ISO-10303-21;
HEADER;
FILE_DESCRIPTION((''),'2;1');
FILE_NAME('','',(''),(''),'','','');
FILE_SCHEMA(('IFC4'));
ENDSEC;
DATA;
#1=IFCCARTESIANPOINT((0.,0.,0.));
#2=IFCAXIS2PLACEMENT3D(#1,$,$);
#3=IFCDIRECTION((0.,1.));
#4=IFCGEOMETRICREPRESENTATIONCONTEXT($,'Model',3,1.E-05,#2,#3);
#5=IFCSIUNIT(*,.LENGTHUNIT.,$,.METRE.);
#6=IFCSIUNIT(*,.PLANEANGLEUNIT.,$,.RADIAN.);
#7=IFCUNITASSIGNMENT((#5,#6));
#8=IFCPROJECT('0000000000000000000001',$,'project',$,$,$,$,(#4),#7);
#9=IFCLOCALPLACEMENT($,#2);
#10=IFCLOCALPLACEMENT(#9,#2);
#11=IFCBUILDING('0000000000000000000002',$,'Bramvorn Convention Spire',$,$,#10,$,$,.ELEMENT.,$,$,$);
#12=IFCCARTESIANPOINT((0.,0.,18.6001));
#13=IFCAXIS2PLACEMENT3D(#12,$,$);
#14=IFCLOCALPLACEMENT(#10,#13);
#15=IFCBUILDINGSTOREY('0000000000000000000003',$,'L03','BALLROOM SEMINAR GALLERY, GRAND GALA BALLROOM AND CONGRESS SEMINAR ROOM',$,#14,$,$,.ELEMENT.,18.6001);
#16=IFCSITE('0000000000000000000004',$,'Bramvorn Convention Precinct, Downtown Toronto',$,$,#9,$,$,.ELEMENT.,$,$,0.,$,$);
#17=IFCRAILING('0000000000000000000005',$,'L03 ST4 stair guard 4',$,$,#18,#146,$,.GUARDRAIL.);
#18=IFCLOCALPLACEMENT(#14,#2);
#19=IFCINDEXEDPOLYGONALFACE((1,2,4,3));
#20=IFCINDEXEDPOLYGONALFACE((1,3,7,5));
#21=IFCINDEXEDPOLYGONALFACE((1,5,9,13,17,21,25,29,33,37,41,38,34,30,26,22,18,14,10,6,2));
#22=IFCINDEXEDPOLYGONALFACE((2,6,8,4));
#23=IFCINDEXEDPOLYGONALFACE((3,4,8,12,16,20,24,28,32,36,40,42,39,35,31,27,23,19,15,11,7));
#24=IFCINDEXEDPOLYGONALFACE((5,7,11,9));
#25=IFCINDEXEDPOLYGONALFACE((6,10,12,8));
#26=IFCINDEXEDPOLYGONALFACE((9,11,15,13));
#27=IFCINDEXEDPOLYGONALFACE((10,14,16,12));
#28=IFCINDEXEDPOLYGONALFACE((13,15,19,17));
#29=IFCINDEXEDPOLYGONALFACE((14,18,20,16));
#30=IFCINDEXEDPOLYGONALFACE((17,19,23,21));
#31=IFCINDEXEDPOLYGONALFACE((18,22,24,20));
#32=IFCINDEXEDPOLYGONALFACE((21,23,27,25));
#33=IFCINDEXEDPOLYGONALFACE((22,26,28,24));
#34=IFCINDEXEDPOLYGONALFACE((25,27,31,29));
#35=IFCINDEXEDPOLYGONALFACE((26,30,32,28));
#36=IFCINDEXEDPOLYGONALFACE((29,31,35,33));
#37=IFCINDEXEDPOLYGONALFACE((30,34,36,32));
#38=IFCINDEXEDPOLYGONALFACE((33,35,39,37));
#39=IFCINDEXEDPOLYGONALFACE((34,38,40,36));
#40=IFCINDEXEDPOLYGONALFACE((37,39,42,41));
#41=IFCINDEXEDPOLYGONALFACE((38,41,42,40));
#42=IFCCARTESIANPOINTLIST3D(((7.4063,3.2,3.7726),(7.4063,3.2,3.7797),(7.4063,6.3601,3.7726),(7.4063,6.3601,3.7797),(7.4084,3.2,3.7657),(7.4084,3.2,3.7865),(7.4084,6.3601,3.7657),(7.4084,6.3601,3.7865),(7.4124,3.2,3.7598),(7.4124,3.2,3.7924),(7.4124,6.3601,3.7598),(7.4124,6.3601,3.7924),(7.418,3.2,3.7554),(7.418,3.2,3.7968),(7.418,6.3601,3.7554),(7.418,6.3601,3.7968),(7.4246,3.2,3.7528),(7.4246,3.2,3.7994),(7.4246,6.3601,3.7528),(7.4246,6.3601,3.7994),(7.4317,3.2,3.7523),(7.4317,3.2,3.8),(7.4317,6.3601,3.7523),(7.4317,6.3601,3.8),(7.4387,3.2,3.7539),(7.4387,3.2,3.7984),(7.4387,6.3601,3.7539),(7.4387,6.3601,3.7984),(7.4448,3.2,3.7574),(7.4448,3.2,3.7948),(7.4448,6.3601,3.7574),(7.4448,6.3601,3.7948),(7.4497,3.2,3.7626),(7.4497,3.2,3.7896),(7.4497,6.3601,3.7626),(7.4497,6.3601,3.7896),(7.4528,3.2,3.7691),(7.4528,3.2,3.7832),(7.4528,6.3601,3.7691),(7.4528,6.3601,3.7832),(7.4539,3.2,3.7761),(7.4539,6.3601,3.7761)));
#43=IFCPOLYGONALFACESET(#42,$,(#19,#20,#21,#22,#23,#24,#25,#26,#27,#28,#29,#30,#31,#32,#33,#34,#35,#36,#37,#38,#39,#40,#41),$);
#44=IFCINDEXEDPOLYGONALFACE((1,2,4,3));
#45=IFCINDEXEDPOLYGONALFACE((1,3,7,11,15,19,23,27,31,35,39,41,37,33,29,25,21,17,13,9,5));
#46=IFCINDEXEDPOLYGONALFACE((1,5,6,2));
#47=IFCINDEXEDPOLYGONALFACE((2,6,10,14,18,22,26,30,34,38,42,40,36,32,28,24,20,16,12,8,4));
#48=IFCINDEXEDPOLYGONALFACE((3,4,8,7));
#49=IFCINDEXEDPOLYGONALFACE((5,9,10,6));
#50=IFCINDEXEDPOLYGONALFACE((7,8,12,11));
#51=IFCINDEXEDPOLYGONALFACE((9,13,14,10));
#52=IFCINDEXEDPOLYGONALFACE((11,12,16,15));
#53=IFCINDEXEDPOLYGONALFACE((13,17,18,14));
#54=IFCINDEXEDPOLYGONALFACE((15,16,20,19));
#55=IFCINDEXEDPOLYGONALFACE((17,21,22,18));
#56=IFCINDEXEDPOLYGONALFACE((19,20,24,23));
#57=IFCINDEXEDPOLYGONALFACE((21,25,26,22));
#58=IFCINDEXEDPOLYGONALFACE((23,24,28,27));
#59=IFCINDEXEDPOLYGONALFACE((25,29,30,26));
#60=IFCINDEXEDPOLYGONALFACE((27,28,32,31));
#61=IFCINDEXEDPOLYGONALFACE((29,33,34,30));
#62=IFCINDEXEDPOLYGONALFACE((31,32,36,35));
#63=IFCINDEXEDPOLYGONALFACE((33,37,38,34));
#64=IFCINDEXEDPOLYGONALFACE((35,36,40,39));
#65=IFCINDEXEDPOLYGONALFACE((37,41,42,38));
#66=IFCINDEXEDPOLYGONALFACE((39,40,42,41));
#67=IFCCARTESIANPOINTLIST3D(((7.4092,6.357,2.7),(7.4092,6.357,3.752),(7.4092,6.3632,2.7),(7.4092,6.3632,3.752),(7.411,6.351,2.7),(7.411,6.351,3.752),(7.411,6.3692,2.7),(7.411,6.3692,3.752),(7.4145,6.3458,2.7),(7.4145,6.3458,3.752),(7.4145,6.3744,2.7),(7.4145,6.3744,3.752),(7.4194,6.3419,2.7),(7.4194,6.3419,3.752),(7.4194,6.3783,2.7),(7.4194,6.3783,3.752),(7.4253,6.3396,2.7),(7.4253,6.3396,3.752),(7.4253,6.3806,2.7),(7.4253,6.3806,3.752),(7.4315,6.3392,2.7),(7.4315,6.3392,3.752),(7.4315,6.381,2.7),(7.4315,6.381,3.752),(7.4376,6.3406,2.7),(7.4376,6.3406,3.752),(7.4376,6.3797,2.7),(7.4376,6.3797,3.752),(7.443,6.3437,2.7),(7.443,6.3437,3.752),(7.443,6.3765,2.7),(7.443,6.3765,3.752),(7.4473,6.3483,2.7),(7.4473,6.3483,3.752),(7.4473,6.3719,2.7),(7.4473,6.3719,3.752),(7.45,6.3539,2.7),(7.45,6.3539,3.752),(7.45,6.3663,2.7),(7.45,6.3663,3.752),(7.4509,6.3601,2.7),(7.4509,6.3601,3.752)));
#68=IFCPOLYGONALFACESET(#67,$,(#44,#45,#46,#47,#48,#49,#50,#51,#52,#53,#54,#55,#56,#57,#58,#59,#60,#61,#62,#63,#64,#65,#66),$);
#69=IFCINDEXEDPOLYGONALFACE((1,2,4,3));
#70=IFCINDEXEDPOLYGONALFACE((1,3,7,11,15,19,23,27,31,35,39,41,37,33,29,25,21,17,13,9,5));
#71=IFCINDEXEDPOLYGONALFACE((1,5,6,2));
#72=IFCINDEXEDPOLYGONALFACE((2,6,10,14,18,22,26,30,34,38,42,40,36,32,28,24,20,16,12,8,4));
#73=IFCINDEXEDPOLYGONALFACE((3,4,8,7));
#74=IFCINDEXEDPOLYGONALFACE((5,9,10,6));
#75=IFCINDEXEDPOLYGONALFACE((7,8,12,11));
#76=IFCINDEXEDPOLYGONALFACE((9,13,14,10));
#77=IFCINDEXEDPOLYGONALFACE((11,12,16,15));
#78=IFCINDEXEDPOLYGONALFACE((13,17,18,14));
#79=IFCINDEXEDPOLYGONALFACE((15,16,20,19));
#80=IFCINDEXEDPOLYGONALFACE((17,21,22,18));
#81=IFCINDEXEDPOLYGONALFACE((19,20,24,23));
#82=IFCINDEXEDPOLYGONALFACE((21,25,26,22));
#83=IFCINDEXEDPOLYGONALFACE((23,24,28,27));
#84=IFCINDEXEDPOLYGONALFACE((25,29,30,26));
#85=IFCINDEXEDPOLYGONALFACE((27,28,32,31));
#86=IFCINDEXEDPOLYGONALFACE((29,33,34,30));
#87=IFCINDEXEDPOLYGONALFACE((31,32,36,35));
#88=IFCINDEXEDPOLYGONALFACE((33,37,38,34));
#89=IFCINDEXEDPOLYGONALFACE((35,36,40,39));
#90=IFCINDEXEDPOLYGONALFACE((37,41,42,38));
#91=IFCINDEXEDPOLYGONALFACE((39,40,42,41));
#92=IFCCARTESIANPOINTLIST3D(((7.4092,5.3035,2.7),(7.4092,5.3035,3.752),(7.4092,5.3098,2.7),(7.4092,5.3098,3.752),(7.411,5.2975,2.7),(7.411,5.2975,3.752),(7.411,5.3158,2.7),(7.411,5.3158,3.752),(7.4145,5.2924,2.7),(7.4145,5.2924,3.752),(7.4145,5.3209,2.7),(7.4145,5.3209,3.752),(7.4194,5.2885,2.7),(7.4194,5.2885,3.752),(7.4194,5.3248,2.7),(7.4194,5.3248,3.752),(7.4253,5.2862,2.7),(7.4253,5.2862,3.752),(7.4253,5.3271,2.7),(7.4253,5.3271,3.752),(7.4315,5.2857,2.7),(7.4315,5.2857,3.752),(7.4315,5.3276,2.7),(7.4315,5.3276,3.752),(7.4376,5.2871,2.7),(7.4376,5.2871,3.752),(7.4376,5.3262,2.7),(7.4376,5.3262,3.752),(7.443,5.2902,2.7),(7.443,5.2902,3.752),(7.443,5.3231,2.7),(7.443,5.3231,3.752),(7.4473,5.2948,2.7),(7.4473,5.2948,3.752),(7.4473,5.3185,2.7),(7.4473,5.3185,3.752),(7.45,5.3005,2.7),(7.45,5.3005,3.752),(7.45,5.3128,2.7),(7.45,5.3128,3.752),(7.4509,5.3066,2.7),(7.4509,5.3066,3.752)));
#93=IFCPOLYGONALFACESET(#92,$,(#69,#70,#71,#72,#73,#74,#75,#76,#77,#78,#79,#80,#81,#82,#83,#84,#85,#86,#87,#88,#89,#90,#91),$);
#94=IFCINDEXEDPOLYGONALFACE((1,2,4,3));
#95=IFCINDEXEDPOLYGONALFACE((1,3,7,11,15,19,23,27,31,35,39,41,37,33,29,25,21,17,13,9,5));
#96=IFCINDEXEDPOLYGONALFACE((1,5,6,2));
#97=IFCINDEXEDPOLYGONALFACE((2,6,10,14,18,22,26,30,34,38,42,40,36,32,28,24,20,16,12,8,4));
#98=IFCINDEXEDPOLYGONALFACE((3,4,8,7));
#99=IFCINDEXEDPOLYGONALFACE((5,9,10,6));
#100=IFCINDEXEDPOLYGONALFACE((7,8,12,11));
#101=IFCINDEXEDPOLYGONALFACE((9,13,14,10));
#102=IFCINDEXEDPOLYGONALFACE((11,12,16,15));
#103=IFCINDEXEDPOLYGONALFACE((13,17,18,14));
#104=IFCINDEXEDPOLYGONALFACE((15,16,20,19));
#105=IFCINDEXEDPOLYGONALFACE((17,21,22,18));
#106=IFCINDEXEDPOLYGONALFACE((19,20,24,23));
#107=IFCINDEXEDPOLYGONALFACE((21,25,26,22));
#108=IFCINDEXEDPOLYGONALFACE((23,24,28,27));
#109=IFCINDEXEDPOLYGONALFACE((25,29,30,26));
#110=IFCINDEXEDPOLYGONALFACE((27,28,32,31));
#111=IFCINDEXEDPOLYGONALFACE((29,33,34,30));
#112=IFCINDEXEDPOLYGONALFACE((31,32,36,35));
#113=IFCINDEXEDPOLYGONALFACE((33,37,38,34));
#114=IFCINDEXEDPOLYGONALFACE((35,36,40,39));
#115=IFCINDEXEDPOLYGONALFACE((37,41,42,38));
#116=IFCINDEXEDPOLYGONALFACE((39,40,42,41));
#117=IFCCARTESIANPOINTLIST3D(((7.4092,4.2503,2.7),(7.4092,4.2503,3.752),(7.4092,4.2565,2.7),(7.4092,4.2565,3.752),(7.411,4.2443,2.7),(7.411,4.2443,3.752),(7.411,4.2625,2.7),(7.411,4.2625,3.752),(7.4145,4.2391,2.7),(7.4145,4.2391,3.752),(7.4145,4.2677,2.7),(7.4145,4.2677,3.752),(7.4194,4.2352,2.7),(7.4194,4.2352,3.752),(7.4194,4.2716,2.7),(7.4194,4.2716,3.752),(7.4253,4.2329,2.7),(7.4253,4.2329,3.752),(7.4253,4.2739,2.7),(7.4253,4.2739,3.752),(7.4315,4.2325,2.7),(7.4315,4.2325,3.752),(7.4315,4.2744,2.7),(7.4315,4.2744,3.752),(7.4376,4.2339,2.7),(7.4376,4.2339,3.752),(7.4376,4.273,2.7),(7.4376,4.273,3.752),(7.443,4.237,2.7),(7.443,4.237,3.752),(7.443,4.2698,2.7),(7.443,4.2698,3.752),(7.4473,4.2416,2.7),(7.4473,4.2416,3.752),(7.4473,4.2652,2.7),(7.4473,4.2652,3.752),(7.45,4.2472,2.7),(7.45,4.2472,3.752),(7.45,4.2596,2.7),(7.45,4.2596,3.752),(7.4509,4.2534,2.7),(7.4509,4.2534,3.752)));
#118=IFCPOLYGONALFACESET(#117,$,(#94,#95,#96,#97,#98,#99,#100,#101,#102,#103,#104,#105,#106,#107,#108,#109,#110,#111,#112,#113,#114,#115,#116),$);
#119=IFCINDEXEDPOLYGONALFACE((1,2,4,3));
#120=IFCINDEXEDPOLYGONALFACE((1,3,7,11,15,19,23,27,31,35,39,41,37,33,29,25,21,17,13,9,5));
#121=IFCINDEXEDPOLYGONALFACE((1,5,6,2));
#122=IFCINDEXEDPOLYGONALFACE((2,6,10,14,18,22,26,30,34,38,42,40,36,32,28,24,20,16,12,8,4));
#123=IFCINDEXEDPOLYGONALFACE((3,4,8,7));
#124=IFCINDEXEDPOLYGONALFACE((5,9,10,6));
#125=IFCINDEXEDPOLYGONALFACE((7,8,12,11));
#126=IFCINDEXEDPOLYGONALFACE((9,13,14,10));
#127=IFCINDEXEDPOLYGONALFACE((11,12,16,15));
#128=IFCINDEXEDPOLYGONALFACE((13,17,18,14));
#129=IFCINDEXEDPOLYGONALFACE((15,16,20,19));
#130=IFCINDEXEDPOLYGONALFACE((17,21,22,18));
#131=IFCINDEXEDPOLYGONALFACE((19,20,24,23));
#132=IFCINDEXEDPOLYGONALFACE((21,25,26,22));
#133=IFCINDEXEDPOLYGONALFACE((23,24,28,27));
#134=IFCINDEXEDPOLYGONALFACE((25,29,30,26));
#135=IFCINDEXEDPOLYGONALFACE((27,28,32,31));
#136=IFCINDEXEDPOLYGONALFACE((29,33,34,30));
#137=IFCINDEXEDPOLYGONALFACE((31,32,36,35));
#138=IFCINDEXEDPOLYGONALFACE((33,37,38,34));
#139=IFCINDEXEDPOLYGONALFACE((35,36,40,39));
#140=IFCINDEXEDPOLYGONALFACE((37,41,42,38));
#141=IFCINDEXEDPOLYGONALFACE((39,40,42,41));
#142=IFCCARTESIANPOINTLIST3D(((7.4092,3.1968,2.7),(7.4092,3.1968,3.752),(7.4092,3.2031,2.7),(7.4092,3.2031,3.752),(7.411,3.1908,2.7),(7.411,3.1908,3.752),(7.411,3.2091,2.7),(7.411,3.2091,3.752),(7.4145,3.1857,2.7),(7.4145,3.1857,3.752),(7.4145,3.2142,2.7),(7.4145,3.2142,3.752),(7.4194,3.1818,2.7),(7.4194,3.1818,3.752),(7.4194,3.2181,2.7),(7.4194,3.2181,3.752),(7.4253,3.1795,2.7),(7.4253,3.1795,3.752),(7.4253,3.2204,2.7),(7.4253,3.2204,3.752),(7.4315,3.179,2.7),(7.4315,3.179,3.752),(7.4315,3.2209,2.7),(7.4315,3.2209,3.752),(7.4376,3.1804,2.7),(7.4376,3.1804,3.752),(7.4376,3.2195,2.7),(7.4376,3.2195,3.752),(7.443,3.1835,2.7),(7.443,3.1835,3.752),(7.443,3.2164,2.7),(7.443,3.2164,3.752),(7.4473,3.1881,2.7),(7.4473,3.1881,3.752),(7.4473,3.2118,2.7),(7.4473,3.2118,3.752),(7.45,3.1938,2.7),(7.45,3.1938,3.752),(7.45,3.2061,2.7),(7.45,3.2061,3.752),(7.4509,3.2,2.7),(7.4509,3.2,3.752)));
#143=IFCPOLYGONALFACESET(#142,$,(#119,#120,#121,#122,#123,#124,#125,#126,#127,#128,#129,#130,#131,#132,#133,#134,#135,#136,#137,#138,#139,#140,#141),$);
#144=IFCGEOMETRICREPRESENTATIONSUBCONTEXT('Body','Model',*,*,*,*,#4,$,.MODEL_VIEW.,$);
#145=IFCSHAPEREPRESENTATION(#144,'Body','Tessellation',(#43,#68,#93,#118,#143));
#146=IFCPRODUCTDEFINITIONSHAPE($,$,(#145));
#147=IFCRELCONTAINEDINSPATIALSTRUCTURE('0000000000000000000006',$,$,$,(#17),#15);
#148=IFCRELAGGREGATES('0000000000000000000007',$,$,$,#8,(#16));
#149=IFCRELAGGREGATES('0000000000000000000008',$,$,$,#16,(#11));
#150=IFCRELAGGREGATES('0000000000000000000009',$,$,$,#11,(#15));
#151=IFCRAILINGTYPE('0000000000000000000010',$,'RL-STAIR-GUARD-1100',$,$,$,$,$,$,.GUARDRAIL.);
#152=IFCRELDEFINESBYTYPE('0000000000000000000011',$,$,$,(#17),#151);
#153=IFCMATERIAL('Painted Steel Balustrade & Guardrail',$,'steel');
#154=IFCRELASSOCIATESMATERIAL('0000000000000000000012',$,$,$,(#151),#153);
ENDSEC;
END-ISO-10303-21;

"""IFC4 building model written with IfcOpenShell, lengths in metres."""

from ifc_helpers import new_model, si_unit, direction, frame, origin, origin_2d, place, context, subcontext, project, spatial, circle, extrude, material, type_object, element, save


model = new_model("IFC4")

# Units and contexts
model_context = context("Model", 3, precision=1e-05, world=origin(), true_north=direction((0.0, 1.0)))
body_context = subcontext(model_context, "Body", "Model", "MODEL_VIEW")
ifc_project = project(units=[si_unit("LENGTHUNIT", "METRE"), si_unit("PLANEANGLEUNIT", "RADIAN")], contexts=[model_context])

# Site, building, storey
site_placement = place(None, origin())
site = spatial("IfcSite", under=ifc_project, at=site_placement, Name="Bramvorn Convention Precinct, Downtown Toronto", CompositionType="ELEMENT", RefElevation=0.0)
building_placement = place(site_placement, origin())
building = spatial("IfcBuilding", under=site, at=building_placement, Name="Bramvorn Convention Spire", CompositionType="ELEMENT")
storey_placement = place(building_placement, frame((0.0, 0.0, 18.6001)))
storey = spatial("IfcBuildingStorey", under=building, at=storey_placement, Name="L03", Description="BALLROOM SEMINAR GALLERY, GRAND GALA BALLROOM AND CONGRESS SEMINAR ROOM", CompositionType="ELEMENT", Elevation=18.6001)

# Railing
ifc_material_1 = material(Name="Painted Steel Balustrade & Guardrail", Category="steel")
railing_type_1 = type_object("IfcRailingType", Name="RL-STAIR-GUARD-1100", PredefinedType="GUARDRAIL", material=ifc_material_1)
for number, where, name in (
    (1, (7.4299, 6.3601, 2.7), "L03 ST4 stair guard 4"),
):
    element("IfcRailing", number, at=place(storey_placement, frame(where)), inside=storey, type_object=railing_type_1, Name=name, PredefinedType="GUARDRAIL", context=body_context, shape_type="SweptSolid", body=[
        extrude(circle(Radius=0.0239, at=origin_2d()), frame((0.0, 0.0, 1.0762), z_axis=(0.0, -1.0, 0.0), x_axis=(1.0, 0.0, 0.0)), (0.0, 0.0, 1.0), 3.1602),
        extrude(circle(Radius=0.021, at=origin_2d()), origin(), (0.0, 0.0, 1.0), 1.052),
        extrude(circle(Radius=0.021, at=origin_2d()), frame((0.0, -1.0535, 0.0)), (0.0, 0.0, 1.0), 1.052),
        extrude(circle(Radius=0.021, at=origin_2d()), frame((0.0, -2.1067, 0.0)), (0.0, 0.0, 1.0), 1.052),
        extrude(circle(Radius=0.021, at=origin_2d()), frame((0.0, -3.1602, 0.0)), (0.0, 0.0, 1.0), 1.052),
    ])

save(model, "model.ifc")
